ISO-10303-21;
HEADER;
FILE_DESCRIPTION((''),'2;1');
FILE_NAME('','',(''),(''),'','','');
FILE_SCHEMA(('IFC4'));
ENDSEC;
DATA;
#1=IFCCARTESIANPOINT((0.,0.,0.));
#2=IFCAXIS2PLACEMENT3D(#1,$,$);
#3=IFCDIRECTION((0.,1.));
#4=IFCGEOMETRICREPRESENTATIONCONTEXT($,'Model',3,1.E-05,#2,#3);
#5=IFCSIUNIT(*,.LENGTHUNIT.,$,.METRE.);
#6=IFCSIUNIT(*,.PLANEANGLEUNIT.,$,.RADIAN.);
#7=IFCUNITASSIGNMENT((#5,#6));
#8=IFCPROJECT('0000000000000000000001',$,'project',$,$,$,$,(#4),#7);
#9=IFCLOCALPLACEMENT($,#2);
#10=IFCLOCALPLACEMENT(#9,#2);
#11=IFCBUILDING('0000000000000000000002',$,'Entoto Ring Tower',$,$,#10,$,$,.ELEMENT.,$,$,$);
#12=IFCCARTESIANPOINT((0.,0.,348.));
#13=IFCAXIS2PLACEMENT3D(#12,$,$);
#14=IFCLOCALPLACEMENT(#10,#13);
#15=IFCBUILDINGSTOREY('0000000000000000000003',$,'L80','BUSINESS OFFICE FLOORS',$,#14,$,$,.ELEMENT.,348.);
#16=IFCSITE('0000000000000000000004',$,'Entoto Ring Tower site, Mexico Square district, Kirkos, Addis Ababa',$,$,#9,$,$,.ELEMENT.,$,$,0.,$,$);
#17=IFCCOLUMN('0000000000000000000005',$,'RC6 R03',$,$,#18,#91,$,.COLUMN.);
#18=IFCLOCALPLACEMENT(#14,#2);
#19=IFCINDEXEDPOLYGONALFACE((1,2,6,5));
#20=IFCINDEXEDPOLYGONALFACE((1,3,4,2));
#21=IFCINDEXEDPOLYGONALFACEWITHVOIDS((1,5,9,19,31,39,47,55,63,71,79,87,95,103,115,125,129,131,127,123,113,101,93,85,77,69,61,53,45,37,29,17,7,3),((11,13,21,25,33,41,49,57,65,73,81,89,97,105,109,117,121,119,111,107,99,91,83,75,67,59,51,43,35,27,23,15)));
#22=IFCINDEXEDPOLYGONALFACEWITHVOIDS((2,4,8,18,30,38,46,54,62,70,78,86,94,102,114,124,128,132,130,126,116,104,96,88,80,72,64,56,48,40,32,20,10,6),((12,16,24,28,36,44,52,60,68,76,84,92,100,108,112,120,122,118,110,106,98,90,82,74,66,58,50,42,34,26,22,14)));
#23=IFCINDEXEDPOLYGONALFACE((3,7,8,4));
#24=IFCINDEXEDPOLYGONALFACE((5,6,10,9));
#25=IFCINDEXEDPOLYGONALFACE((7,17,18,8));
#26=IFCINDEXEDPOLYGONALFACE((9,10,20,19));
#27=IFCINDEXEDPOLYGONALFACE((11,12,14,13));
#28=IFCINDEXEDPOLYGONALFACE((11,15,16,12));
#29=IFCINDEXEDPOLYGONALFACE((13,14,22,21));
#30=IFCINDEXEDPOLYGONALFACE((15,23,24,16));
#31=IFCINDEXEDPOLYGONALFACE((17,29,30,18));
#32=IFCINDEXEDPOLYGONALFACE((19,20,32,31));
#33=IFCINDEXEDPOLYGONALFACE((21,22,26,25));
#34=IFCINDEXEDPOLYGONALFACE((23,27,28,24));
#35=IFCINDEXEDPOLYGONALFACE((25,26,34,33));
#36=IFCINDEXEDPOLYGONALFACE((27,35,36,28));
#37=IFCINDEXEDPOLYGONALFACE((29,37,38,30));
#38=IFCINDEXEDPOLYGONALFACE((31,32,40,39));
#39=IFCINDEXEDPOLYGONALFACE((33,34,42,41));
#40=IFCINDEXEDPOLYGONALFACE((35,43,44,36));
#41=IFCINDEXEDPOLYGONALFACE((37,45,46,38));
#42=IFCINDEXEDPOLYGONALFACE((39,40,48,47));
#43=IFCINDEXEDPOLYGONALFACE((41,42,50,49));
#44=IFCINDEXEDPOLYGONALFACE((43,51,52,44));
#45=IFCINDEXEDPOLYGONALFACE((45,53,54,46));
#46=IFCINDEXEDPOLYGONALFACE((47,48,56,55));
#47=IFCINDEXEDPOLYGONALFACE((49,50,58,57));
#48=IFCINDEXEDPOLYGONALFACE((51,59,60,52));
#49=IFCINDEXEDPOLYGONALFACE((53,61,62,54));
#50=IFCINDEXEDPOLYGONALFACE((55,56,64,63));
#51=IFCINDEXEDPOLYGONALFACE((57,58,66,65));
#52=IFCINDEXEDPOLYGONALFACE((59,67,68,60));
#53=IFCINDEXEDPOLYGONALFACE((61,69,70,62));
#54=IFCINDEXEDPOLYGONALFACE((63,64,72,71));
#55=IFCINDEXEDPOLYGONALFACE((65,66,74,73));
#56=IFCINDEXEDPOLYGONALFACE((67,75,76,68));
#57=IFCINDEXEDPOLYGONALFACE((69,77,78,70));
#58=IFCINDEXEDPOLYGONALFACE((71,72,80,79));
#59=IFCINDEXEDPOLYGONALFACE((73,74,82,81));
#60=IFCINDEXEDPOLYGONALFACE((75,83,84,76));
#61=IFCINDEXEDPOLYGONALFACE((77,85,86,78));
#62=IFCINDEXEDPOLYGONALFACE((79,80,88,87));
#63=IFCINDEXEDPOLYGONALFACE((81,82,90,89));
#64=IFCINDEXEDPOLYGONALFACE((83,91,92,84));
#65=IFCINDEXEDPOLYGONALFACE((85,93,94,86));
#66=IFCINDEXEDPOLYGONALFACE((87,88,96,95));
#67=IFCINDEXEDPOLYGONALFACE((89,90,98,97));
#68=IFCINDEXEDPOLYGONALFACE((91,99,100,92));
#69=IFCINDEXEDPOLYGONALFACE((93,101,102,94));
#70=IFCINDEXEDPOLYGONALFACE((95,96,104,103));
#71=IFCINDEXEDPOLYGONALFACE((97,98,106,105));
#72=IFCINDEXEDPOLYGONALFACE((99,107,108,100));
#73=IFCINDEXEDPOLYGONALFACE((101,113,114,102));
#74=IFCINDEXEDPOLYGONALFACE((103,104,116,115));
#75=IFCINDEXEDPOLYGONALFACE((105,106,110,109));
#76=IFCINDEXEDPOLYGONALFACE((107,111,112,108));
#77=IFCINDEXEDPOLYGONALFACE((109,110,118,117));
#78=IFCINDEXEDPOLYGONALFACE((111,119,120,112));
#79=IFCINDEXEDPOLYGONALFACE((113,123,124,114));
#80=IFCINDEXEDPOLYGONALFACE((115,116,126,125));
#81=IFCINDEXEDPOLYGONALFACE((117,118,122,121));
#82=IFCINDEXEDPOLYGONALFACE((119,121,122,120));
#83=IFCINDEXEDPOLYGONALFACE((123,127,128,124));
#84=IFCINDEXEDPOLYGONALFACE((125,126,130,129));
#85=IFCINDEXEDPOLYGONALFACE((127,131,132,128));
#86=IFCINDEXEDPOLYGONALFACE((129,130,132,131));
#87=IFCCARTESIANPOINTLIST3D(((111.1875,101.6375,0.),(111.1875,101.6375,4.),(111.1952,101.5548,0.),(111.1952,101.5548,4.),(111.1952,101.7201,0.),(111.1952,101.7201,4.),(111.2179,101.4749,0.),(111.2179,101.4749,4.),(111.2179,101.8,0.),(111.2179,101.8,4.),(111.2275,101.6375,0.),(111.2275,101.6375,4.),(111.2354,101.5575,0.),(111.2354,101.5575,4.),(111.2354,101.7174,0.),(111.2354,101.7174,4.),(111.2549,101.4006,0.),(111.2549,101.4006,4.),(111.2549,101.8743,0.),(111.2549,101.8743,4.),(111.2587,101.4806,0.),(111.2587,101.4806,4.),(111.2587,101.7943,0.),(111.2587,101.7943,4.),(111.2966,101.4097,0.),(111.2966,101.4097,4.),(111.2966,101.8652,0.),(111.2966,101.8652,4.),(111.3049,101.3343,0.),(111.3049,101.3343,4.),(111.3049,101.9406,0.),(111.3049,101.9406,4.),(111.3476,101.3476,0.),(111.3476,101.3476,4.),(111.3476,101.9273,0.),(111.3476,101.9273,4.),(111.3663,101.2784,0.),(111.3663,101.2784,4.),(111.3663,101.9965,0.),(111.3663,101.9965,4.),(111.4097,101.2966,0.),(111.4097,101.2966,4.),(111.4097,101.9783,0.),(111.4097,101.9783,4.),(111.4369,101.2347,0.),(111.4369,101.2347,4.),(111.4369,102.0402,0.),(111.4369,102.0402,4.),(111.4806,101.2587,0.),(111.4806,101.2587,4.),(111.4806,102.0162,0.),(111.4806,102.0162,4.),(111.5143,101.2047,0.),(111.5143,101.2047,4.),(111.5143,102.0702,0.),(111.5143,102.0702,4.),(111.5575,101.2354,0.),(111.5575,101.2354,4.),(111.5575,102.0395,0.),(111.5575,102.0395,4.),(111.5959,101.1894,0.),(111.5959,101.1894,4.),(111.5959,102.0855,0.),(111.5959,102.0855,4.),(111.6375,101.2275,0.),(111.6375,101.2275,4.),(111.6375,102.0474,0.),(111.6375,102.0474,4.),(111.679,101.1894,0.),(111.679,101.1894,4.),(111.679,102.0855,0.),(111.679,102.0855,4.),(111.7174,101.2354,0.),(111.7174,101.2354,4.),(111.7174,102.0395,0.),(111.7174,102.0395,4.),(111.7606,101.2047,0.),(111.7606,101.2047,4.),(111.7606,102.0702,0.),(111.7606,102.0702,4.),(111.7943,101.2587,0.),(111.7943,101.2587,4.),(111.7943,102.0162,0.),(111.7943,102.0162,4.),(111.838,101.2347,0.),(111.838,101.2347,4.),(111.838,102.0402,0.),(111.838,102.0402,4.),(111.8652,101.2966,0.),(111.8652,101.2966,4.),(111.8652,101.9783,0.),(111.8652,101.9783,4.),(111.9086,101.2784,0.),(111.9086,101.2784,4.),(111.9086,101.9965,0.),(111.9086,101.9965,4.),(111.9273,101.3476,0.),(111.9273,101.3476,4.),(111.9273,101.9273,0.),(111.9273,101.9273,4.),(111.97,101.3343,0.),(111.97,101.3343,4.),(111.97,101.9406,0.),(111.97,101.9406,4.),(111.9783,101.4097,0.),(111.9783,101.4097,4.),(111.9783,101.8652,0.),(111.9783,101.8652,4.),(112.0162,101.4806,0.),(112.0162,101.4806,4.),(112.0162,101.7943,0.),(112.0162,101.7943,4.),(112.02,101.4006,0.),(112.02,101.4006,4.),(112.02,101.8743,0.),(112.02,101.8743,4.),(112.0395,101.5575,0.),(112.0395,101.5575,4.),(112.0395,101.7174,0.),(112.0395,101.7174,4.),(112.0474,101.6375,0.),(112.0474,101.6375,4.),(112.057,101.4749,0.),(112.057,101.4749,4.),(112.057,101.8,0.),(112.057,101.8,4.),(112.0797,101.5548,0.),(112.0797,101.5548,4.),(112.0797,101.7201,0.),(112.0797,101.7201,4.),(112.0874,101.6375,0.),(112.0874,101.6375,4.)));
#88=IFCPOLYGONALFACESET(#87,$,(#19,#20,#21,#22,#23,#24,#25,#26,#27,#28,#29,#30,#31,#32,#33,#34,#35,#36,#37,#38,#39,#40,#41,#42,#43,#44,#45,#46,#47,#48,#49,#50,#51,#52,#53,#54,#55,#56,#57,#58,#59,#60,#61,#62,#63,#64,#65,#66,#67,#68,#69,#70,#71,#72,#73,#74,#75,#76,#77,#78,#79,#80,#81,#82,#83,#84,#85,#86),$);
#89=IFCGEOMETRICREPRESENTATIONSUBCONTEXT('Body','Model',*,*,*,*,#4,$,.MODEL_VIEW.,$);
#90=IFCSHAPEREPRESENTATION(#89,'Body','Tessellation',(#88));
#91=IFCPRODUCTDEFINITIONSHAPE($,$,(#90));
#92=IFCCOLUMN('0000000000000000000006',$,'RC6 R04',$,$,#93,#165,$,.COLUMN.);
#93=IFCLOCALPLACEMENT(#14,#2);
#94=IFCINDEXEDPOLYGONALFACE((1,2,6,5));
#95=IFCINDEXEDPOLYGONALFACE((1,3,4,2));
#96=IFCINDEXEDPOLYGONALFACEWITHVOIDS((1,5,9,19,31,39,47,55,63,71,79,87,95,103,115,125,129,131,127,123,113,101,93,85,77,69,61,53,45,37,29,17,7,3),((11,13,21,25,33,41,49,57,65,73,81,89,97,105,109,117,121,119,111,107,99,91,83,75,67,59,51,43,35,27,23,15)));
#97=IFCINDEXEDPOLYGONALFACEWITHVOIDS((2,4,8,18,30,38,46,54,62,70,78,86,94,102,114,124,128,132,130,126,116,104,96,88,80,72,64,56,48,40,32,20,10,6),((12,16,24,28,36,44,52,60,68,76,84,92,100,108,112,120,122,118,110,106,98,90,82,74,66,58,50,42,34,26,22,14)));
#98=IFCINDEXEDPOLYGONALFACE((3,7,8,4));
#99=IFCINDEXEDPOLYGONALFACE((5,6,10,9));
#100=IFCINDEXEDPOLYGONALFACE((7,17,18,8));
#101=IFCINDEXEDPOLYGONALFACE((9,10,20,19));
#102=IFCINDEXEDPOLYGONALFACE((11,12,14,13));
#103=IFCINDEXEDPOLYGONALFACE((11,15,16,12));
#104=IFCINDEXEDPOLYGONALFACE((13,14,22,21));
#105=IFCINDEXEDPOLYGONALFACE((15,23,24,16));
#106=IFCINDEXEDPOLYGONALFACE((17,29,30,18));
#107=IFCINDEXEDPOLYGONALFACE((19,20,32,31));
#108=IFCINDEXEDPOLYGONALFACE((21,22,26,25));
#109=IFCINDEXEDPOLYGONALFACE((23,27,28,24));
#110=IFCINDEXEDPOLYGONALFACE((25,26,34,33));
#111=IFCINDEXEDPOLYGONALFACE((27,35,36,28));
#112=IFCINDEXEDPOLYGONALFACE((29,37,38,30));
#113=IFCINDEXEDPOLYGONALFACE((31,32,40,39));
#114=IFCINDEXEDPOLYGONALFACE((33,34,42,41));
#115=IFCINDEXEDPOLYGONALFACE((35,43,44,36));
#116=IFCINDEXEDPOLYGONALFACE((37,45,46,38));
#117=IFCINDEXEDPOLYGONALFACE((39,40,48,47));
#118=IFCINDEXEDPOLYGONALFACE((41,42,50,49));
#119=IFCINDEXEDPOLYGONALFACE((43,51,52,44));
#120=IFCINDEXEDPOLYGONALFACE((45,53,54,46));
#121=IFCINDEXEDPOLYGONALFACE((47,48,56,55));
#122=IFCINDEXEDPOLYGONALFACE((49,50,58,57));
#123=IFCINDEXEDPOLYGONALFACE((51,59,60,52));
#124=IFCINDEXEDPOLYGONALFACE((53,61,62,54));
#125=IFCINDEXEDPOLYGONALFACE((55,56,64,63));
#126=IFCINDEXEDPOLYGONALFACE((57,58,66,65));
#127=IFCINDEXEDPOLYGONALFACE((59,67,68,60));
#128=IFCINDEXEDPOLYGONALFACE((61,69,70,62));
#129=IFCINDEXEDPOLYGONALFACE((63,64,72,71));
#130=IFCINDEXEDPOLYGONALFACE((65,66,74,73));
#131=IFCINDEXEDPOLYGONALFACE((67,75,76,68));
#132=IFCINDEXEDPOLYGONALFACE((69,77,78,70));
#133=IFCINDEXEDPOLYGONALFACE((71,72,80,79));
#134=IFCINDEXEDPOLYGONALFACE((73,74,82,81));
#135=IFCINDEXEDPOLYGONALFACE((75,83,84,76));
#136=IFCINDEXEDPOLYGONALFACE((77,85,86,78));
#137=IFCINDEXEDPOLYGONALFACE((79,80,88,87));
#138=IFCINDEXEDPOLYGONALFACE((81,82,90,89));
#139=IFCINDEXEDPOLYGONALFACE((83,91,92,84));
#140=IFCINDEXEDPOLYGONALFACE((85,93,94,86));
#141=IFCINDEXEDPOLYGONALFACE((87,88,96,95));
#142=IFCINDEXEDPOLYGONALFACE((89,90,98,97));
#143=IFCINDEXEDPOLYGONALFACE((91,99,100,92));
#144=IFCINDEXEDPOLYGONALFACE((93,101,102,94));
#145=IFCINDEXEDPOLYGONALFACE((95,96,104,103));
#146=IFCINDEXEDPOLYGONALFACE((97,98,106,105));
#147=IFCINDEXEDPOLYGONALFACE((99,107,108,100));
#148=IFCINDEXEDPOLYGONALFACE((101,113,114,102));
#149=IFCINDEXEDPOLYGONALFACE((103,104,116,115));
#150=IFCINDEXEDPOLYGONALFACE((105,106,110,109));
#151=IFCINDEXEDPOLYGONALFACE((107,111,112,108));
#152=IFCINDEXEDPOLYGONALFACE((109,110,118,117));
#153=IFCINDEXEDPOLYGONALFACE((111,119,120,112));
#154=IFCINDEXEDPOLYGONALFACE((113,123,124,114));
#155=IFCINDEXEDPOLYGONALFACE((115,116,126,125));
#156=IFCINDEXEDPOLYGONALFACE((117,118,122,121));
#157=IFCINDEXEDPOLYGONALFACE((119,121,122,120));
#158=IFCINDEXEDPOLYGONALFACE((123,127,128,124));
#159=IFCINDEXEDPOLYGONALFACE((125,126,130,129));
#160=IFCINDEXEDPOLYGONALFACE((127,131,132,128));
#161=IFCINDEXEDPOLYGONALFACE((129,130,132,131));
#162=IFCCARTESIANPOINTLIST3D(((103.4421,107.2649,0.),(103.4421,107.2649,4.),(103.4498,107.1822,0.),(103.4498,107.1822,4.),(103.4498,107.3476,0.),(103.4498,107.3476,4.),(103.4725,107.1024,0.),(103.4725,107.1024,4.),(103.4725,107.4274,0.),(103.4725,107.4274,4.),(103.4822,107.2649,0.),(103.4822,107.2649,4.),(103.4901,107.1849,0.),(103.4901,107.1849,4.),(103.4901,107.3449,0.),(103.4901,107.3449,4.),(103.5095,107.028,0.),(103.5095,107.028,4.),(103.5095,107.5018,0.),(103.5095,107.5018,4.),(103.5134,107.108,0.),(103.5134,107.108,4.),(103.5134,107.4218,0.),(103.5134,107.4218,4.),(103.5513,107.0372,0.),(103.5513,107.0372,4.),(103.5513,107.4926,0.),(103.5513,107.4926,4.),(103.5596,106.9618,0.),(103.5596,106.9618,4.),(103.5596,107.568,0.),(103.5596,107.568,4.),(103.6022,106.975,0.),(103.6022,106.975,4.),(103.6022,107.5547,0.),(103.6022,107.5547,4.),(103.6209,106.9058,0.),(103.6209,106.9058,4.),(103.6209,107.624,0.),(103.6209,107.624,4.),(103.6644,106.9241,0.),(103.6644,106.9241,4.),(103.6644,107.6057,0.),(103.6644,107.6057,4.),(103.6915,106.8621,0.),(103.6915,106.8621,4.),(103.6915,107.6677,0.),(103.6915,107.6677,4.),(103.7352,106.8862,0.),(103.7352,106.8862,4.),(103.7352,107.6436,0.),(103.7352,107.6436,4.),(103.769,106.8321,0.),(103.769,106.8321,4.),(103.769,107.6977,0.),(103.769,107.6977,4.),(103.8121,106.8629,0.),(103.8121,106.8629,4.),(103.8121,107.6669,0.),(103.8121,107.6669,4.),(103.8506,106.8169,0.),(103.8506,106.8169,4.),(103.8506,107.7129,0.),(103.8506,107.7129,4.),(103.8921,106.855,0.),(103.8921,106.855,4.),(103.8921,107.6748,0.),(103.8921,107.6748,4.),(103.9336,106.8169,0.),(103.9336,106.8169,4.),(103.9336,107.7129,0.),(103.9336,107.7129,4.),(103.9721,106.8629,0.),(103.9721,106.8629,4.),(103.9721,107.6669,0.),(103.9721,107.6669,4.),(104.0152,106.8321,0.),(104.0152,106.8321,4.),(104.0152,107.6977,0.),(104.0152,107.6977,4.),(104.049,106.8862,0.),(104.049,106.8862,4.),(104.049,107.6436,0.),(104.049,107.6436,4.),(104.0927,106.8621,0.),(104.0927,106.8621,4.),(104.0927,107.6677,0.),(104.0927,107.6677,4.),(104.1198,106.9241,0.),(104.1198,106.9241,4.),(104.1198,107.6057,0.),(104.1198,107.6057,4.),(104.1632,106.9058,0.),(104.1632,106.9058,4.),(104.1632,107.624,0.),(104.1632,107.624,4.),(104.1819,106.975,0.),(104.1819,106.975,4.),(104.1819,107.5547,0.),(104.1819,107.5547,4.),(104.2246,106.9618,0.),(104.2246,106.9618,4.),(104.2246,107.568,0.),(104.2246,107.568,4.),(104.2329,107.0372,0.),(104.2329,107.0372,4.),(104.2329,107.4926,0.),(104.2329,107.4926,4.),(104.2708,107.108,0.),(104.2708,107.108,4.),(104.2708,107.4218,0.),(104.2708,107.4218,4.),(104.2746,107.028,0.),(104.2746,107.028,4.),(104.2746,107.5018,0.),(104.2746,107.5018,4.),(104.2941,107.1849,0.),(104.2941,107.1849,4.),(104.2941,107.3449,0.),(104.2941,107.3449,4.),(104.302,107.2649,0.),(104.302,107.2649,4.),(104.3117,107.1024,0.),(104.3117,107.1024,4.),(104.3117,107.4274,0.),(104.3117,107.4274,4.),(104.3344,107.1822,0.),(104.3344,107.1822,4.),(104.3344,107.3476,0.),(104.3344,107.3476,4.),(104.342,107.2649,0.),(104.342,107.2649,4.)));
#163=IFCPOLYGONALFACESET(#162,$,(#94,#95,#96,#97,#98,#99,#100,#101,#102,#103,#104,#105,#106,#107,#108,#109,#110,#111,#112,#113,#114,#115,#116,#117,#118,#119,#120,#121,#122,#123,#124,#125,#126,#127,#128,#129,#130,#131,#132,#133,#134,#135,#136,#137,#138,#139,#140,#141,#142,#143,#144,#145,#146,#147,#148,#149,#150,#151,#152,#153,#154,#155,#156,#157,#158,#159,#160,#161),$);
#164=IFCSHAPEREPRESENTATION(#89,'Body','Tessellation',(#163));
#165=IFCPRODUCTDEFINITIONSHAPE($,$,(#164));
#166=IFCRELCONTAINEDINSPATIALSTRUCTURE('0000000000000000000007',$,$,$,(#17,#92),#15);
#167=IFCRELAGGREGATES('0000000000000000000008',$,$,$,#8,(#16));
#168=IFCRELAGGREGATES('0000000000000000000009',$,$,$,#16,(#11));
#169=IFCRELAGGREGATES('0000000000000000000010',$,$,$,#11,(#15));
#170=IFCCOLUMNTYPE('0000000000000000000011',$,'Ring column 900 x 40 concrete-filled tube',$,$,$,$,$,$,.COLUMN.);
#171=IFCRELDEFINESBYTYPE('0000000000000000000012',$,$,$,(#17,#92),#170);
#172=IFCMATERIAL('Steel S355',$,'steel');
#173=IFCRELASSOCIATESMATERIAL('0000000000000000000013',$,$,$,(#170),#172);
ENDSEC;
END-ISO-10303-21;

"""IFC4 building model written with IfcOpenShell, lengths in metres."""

from ifc_helpers import new_model, si_unit, direction, frame, origin, origin_2d, place, context, subcontext, project, spatial, circle, hollow_circle, extrude, material, material_profile, profile_set, type_object, element, save


model = new_model("IFC4")

# Units and contexts
model_context = context("Model", 3, precision=1e-05, world=origin(), true_north=direction((0.0, 1.0)))
body_context = subcontext(model_context, "Body", "Model", "MODEL_VIEW")
ifc_project = project(units=[si_unit("LENGTHUNIT", "METRE"), si_unit("PLANEANGLEUNIT", "RADIAN")], contexts=[model_context])

# Site, building, storey
site_placement = place(None, origin())
site = spatial("IfcSite", under=ifc_project, at=site_placement, Name="Entoto Ring Tower site, Mexico Square district, Kirkos, Addis Ababa", CompositionType="ELEMENT", RefElevation=0.0)
building_placement = place(site_placement, origin())
building = spatial("IfcBuilding", under=site, at=building_placement, Name="Entoto Ring Tower", CompositionType="ELEMENT")
storey_placement = place(building_placement, frame((0.0, 0.0, 348.0)))
storey = spatial("IfcBuildingStorey", under=building, at=storey_placement, Name="L80", Description="BUSINESS OFFICE FLOORS", CompositionType="ELEMENT", Elevation=348.0)

# Columns
ifc_material_1 = material(Name="Steel S355", Category="steel")
ifc_material_profile_1 = material_profile(ifc_material_1, hollow_circle(Radius=0.45, WallThickness=0.04, at=origin_2d()), Name="CHS 900 x 40")
ifc_material_2 = material(Name="Concrete C60/75", Category="concrete")
ifc_material_profile_2 = material_profile(ifc_material_2, circle(Radius=0.4099, at=origin_2d()), Name="Concrete C60/75 infill")
ifc_profile_set_1 = profile_set([ifc_material_profile_1, ifc_material_profile_2], Name="Steel S355")
column_type = type_object("IfcColumnType", Name="Ring column 900 x 40 concrete-filled tube", PredefinedType="COLUMN", material=ifc_profile_set_1)
for number, where, z_axis, x_axis, name in (
    (1, (111.6375, 101.6375, 0.0), (0.0, 0.0, 1.0), (1.0, 0.0, 0.0), "RC6 R03"),
    (2, (103.8921, 107.2649, 0.0), (0.0, 0.0, 1.0), (1.0, 0.0, 0.0), "RC6 R04"),
):
    element("IfcColumn", number, at=place(storey_placement, frame(where, z_axis=z_axis, x_axis=x_axis)), inside=storey, type_object=column_type, Name=name, PredefinedType="COLUMN", context=body_context, shape_type="SweptSolid", body=[
        extrude(hollow_circle(Radius=0.45, WallThickness=0.04, at=origin_2d()), origin(), (0.0, 0.0, 1.0), 4.0),
    ])

save(model, "model.ifc")
